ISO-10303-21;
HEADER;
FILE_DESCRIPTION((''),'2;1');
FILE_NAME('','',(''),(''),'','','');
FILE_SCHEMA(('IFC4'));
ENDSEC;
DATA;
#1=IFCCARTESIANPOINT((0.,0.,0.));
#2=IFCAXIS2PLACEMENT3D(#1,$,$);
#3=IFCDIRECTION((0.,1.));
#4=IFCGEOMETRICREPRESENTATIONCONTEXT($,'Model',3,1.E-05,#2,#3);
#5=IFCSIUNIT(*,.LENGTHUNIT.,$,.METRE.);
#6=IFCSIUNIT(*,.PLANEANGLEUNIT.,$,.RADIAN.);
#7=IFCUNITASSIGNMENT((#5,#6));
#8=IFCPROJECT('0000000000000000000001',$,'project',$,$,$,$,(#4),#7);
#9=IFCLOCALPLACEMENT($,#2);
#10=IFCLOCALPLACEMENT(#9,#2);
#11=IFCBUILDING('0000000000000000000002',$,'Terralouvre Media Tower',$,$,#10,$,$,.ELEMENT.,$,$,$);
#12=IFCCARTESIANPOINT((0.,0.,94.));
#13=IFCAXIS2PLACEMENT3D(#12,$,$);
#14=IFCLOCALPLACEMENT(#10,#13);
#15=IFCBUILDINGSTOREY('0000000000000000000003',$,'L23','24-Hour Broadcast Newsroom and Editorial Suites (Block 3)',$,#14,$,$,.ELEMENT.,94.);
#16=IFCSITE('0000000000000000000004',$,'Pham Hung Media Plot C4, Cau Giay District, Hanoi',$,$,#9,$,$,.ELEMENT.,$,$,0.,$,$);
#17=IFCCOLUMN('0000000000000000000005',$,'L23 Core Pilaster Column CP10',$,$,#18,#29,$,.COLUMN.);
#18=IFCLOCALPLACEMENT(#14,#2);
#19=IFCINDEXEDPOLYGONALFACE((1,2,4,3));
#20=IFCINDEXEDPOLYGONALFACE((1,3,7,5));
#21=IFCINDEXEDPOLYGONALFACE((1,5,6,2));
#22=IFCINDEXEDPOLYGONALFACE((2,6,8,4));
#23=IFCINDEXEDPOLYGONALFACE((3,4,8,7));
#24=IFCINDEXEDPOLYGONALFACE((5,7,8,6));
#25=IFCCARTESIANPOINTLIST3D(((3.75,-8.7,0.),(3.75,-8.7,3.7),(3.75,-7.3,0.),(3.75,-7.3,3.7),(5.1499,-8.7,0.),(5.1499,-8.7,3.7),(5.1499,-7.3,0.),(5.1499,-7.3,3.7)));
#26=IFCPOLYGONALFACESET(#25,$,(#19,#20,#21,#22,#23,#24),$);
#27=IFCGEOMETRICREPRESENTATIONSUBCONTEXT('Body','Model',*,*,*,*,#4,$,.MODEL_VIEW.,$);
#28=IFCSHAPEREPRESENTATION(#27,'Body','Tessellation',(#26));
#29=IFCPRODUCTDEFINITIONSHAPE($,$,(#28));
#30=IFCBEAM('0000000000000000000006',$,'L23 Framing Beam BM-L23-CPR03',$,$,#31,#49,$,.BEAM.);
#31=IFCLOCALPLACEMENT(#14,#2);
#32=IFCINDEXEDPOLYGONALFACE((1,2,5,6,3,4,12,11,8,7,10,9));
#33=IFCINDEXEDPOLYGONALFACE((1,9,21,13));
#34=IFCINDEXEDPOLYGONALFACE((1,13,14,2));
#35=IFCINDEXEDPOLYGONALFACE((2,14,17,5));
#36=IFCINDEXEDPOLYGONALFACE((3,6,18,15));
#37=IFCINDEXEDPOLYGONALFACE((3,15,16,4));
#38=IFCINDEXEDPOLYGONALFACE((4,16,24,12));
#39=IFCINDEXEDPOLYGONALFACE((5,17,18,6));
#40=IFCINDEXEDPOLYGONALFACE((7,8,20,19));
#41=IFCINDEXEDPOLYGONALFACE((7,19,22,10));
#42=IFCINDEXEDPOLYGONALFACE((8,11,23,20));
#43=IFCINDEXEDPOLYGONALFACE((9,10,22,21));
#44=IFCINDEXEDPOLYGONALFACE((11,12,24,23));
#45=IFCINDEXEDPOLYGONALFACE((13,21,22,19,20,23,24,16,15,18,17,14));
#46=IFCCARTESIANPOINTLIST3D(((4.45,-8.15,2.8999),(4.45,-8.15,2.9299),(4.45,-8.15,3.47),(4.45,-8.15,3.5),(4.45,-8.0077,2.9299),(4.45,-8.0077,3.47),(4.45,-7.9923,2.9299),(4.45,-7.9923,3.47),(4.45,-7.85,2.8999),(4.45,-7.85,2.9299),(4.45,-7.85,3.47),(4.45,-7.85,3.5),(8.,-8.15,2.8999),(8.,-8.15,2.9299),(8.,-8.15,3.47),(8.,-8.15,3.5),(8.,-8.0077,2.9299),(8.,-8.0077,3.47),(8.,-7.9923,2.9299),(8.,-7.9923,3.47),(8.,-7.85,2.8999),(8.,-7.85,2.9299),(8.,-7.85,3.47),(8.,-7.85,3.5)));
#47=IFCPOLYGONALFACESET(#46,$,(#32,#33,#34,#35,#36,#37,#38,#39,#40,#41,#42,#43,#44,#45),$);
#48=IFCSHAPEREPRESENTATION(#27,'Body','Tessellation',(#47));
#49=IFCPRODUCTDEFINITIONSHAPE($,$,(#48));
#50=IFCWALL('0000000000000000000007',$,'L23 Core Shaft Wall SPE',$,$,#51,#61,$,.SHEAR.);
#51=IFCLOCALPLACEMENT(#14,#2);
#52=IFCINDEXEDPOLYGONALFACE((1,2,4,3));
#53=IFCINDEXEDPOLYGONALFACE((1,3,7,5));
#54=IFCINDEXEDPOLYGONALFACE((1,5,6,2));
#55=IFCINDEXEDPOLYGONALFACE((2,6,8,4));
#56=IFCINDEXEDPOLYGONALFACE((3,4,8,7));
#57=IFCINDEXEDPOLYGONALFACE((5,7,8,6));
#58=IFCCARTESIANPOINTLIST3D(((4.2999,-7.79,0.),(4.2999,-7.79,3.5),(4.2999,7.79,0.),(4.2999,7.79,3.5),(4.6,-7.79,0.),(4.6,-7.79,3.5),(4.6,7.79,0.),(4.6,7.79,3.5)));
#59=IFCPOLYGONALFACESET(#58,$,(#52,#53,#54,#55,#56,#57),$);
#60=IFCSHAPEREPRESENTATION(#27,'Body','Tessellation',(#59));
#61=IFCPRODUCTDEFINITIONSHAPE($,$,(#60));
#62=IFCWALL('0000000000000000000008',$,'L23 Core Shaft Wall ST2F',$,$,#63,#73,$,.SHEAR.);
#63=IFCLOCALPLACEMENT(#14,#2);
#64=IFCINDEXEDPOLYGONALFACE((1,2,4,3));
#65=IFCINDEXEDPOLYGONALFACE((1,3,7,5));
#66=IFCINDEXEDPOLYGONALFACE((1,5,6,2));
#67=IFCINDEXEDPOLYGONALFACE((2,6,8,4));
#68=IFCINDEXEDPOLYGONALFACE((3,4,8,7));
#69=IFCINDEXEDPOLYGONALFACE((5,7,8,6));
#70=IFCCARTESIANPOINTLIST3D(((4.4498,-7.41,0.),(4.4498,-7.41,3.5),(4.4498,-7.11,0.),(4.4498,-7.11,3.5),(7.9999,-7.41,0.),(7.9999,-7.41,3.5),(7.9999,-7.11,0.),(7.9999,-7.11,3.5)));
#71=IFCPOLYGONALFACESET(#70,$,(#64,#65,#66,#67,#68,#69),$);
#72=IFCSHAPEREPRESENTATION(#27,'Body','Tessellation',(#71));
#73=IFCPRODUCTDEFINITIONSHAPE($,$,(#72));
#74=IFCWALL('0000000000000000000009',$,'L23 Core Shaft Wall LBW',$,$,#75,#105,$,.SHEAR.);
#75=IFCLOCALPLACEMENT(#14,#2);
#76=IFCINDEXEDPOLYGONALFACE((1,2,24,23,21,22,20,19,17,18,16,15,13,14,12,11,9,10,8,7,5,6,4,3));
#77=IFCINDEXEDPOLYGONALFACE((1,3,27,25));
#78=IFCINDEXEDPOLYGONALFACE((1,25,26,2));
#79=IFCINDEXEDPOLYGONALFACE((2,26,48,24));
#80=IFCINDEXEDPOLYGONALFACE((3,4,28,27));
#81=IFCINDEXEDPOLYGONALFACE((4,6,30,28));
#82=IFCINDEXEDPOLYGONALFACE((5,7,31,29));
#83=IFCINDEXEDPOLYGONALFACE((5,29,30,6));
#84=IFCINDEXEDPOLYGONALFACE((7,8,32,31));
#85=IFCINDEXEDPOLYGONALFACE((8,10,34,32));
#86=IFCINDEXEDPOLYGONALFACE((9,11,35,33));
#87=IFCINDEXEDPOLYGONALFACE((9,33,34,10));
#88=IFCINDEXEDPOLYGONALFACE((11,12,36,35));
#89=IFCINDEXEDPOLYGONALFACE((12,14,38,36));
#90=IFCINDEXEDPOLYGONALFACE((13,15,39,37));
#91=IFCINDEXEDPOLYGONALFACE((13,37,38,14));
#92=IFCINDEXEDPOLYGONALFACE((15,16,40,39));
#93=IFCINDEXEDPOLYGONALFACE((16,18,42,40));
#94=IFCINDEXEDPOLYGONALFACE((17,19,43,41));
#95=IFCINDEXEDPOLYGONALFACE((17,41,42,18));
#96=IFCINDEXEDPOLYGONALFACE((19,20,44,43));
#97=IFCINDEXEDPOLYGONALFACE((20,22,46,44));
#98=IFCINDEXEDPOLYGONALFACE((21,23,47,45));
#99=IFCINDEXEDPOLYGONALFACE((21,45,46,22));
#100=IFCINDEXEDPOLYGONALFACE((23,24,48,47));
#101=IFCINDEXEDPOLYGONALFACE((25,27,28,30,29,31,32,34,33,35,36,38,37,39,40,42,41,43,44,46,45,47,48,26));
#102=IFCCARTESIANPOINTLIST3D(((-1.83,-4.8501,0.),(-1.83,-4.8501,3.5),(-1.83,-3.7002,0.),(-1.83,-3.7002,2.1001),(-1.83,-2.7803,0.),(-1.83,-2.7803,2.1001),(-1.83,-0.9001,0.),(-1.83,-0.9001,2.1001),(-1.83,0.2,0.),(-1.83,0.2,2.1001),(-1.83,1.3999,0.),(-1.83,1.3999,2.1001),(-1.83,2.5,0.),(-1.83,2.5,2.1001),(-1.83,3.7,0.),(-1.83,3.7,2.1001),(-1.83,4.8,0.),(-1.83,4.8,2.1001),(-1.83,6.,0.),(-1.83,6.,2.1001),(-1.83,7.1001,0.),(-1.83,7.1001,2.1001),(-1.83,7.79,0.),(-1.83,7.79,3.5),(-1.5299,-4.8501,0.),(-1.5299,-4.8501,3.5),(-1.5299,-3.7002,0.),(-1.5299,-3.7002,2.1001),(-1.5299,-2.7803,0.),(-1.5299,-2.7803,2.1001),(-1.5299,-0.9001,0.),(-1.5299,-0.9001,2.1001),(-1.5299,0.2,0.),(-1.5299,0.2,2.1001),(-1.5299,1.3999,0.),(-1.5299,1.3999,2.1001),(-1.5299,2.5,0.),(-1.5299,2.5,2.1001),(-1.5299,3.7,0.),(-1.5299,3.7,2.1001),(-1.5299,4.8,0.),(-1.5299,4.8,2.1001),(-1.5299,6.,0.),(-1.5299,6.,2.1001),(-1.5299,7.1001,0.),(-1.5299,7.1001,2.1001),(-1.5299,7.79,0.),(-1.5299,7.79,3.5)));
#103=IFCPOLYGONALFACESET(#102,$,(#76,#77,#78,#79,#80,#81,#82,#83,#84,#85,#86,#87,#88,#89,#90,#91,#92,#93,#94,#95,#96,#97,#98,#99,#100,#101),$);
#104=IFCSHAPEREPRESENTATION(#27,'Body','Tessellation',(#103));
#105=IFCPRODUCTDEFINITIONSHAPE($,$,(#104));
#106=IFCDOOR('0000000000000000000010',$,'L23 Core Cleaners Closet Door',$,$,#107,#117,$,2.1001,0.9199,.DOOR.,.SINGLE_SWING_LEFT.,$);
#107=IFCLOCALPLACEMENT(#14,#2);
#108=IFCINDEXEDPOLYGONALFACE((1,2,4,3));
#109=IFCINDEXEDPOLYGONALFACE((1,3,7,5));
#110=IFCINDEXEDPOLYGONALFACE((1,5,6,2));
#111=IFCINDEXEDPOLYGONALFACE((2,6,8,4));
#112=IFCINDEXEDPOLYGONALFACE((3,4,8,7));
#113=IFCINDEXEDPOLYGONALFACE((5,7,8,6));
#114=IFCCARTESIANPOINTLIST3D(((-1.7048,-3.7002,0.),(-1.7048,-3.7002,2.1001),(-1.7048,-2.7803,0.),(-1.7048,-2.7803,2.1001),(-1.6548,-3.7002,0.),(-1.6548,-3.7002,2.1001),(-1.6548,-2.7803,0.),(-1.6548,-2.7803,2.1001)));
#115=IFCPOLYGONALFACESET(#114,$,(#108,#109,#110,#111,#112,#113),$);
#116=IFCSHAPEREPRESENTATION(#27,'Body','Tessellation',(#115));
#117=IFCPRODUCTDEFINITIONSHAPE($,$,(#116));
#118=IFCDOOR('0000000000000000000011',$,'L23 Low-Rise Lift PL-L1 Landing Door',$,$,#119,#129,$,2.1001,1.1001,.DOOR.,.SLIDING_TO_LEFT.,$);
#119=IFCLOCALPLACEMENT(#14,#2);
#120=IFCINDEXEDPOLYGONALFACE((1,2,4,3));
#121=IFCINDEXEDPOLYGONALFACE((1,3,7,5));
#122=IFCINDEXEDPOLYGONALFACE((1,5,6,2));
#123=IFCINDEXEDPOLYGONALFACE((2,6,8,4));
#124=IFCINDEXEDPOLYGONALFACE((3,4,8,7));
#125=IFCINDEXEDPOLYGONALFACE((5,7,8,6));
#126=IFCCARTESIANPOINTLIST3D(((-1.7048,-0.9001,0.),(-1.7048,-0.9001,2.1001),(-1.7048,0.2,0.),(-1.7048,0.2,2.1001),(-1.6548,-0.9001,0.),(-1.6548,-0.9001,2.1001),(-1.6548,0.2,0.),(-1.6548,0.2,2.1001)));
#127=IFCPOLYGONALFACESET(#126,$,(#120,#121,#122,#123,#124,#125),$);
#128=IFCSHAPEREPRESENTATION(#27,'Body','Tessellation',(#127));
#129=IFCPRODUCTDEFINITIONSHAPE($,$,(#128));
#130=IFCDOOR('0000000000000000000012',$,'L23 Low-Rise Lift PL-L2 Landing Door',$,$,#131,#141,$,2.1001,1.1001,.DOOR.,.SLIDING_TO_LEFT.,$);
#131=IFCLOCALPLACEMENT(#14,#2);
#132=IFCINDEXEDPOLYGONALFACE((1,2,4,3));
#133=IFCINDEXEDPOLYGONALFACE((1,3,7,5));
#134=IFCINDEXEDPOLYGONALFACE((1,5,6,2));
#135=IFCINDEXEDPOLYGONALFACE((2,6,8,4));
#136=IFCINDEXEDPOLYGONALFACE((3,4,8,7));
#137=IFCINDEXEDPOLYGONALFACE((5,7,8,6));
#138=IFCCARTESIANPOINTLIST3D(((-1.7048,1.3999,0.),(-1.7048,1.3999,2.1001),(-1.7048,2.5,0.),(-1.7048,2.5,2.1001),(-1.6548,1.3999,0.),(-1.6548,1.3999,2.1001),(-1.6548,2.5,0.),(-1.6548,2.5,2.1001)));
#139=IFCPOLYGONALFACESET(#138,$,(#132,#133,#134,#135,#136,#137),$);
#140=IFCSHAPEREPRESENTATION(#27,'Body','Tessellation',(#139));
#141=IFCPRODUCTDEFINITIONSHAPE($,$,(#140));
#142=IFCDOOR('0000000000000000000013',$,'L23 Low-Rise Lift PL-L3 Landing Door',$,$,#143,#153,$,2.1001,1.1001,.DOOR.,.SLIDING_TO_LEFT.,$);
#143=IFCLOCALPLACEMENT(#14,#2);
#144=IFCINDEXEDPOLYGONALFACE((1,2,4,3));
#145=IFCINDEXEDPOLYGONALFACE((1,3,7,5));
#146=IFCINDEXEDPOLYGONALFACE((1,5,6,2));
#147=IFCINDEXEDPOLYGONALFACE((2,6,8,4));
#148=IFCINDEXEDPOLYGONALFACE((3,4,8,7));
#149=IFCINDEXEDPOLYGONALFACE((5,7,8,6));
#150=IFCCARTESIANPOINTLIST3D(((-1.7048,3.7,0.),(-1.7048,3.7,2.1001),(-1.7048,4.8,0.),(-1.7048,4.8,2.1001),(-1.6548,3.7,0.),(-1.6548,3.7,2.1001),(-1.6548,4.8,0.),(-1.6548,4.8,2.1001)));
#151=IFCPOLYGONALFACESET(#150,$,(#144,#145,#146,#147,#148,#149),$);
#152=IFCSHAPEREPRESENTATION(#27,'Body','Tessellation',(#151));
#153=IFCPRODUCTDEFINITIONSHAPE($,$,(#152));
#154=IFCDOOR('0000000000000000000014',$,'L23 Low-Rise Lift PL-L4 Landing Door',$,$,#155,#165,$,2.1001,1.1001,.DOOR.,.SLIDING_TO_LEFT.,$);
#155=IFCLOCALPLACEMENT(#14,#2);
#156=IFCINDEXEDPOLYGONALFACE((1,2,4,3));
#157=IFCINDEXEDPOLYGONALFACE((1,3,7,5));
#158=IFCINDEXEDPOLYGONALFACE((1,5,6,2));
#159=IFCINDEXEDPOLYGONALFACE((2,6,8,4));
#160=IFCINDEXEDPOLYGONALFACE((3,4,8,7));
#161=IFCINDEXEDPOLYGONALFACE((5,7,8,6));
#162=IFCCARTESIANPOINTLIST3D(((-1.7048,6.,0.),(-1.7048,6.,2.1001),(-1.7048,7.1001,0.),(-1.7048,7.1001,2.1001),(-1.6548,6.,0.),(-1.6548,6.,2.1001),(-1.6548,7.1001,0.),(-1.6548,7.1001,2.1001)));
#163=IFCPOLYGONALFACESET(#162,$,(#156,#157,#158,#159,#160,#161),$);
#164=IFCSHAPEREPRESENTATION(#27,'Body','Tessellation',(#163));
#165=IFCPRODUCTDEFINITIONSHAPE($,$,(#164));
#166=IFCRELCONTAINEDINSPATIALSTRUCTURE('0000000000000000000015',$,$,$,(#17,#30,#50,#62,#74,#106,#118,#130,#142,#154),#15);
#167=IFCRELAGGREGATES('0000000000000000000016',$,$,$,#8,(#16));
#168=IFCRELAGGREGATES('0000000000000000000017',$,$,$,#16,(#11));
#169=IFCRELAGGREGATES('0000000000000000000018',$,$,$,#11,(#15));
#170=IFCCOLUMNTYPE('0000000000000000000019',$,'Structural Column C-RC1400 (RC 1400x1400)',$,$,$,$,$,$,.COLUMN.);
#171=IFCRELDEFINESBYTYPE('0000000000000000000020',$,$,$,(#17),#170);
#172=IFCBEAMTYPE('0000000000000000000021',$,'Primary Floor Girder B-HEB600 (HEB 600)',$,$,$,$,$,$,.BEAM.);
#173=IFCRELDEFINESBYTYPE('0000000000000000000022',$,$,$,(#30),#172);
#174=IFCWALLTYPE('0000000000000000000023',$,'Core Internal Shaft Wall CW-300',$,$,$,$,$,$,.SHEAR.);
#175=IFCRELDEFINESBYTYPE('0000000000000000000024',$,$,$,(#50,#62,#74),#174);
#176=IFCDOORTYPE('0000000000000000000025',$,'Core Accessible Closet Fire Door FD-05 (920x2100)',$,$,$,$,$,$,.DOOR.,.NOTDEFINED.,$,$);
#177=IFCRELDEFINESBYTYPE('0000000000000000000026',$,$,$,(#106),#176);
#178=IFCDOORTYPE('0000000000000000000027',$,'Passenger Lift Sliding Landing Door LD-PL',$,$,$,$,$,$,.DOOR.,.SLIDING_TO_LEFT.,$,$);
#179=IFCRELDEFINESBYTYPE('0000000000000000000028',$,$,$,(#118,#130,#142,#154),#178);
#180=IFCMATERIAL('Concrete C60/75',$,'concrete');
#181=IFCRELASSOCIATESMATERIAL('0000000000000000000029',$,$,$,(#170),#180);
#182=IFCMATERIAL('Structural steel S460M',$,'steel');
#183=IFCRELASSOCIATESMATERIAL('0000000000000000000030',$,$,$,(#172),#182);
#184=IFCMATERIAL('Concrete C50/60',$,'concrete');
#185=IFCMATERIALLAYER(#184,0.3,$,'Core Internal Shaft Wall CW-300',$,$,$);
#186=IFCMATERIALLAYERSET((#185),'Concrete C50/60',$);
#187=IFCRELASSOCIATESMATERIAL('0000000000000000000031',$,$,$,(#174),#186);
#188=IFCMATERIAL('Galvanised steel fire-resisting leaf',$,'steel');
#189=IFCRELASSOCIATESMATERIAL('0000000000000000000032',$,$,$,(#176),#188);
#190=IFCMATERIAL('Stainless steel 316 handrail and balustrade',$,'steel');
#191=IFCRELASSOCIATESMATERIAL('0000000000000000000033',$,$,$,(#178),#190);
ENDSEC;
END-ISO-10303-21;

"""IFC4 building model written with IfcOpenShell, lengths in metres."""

from ifc_helpers import new_model, si_unit, direction, frame, frame_2d, origin, origin_2d, place, context, subcontext, project, spatial, rectangle, i_section, extrude, material, layer, layer_set, material_profile, profile_set, type_object, element, fill, save


model = new_model("IFC4")

# Units and contexts
model_context = context("Model", 3, precision=1e-05, world=origin(), true_north=direction((0.0, 1.0)))
body_context = subcontext(model_context, "Body", "Model", "MODEL_VIEW")
ifc_project = project(units=[si_unit("LENGTHUNIT", "METRE"), si_unit("PLANEANGLEUNIT", "RADIAN")], contexts=[model_context])

# Site, building, storey
site_placement = place(None, origin())
site = spatial("IfcSite", under=ifc_project, at=site_placement, Name="Pham Hung Media Plot C4, Cau Giay District, Hanoi", CompositionType="ELEMENT", RefElevation=0.0)
building_placement = place(site_placement, origin())
building = spatial("IfcBuilding", under=site, at=building_placement, Name="Terralouvre Media Tower", CompositionType="ELEMENT")
storey_placement = place(building_placement, frame((0.0, 0.0, 94.0)))
storey = spatial("IfcBuildingStorey", under=building, at=storey_placement, Name="L23", Description="24-Hour Broadcast Newsroom and Editorial Suites (Block 3)", CompositionType="ELEMENT", Elevation=94.0)

# Column
ifc_material_1 = material(Name="Concrete C60/75", Category="concrete")
ifc_material_profile_1 = material_profile(ifc_material_1, rectangle(XDim=1.3999, YDim=1.3999, at=origin_2d()), Name="RC 1400x1400")
ifc_profile_set_1 = profile_set([ifc_material_profile_1], Name="Concrete C60/75")
column_type = type_object("IfcColumnType", Name="Structural Column C-RC1400 (RC 1400x1400)", PredefinedType="COLUMN", material=ifc_profile_set_1)
column_placement = place(storey_placement, frame((4.45, -8.0, 0.0), z_axis=(0.0, 0.0, 1.0), x_axis=(1.0, 0.0, 0.0)))
element("IfcColumn", 1, at=column_placement, inside=storey, type_object=column_type, Name="L23 Core Pilaster Column CP10", PredefinedType="COLUMN", context=body_context, shape_type="SweptSolid", body=[
    extrude(rectangle(XDim=1.3999, YDim=1.3999, at=origin_2d()), origin(), (0.0, 0.0, 1.0), 3.7),
])

# Beam
ifc_material_2 = material(Name="Structural steel S460M", Category="steel")
ifc_material_profile_2 = material_profile(ifc_material_2, i_section(OverallWidth=0.3, OverallDepth=0.6001, WebThickness=0.0154, FlangeThickness=0.03, at=origin_2d()), Name="HEB 600")
ifc_profile_set_2 = profile_set([ifc_material_profile_2], Name="Structural steel S460M")
beam_type = type_object("IfcBeamType", Name="Primary Floor Girder B-HEB600 (HEB 600)", PredefinedType="BEAM", material=ifc_profile_set_2)
beam_placement = place(storey_placement, frame((4.45, -8.0, 3.2), z_axis=(1.0, 0.0, 0.0), x_axis=(0.0, 1.0, 0.0)))
element("IfcBeam", 2, at=beam_placement, inside=storey, type_object=beam_type, Name="L23 Framing Beam BM-L23-CPR03", PredefinedType="BEAM", context=body_context, shape_type="SweptSolid", body=[
    extrude(i_section(OverallWidth=0.3, OverallDepth=0.6001, WebThickness=0.0154, FlangeThickness=0.03, at=origin_2d()), origin(), (0.0, 0.0, 1.0), 3.55),
])

# Walls
ifc_material_3 = material(Name="Concrete C50/60", Category="concrete")
ifc_layer_1 = layer(ifc_material_3, 0.3, Name="Core Internal Shaft Wall CW-300")
ifc_layer_set_1 = layer_set([ifc_layer_1], Name="Concrete C50/60")
wall_type_1 = type_object("IfcWallType", Name="Core Internal Shaft Wall CW-300", PredefinedType="SHEAR", material=ifc_layer_set_1)
wall_1_placement = place(storey_placement, frame((4.45, -7.79, 0.0), z_axis=(0.0, 0.0, 1.0), x_axis=(0.0, 1.0, 0.0)))
element("IfcWall", 3, at=wall_1_placement, inside=storey, type_object=wall_type_1, Name="L23 Core Shaft Wall SPE", PredefinedType="SHEAR", context=body_context, shape_type="SweptSolid", body=[
    extrude(rectangle(XDim=15.5801, YDim=0.3, at=frame_2d((7.79, 0.0))), origin(), (0.0, 0.0, 1.0), 3.5),
])
wall_2_placement = place(storey_placement, frame((4.45, -7.26, 0.0), z_axis=(0.0, 0.0, 1.0), x_axis=(1.0, 0.0, 0.0)))
element("IfcWall", 4, at=wall_2_placement, inside=storey, type_object=wall_type_1, Name="L23 Core Shaft Wall ST2F", PredefinedType="SHEAR", context=body_context, shape_type="SweptSolid", body=[
    extrude(rectangle(XDim=3.55, YDim=0.3, at=frame_2d((1.7749, 0.0))), origin(), (0.0, 0.0, 1.0), 3.5),
])

# Wall, openings, doors
wall_3_placement = place(storey_placement, frame((-1.6799, -4.8501, 0.0), z_axis=(0.0, 0.0, 1.0), x_axis=(0.0, 1.0, 0.0)))
wall_3 = element("IfcWall", 5, at=wall_3_placement, inside=storey, type_object=wall_type_1, Name="L23 Core Shaft Wall LBW", PredefinedType="SHEAR", context=body_context, shape_type="SweptSolid", body=[
    extrude(rectangle(XDim=12.6401, YDim=0.3, at=frame_2d((6.3201, 0.0))), origin(), (0.0, 0.0, 1.0), 3.5),
])
opening_1_placement = place(wall_3_placement, frame((3.95, 0.0, 0.0)))
opening_1 = element("IfcOpeningElement", 6, at=opening_1_placement, cuts=wall_3, PredefinedType="OPENING", context=body_context, shape_type="SweptSolid", body=[
    extrude(rectangle(XDim=1.1001, YDim=2.1001, at=frame_2d((0.55, 1.05))), frame((0.0, 0.1599, 0.0), z_axis=(0.0, -1.0, 0.0), x_axis=(1.0, 0.0, 0.0)), (0.0, 0.0, 1.0), 0.3201),
])
opening_2_placement = place(wall_3_placement, frame((6.25, 0.0, 0.0)))
opening_2 = element("IfcOpeningElement", 7, at=opening_2_placement, cuts=wall_3, PredefinedType="OPENING", context=body_context, shape_type="SweptSolid", body=[
    extrude(rectangle(XDim=1.1001, YDim=2.1001, at=frame_2d((0.55, 1.05))), frame((0.0, 0.1599, 0.0), z_axis=(0.0, -1.0, 0.0), x_axis=(1.0, 0.0, 0.0)), (0.0, 0.0, 1.0), 0.3201),
])
opening_3_placement = place(wall_3_placement, frame((8.55, 0.0, 0.0)))
opening_3 = element("IfcOpeningElement", 8, at=opening_3_placement, cuts=wall_3, PredefinedType="OPENING", context=body_context, shape_type="SweptSolid", body=[
    extrude(rectangle(XDim=1.1001, YDim=2.1001, at=frame_2d((0.55, 1.05))), frame((0.0, 0.1599, 0.0), z_axis=(0.0, -1.0, 0.0), x_axis=(1.0, 0.0, 0.0)), (0.0, 0.0, 1.0), 0.3201),
])
opening_4_placement = place(wall_3_placement, frame((10.8501, 0.0, 0.0)))
opening_4 = element("IfcOpeningElement", 9, at=opening_4_placement, cuts=wall_3, PredefinedType="OPENING", context=body_context, shape_type="SweptSolid", body=[
    extrude(rectangle(XDim=1.1001, YDim=2.1001, at=frame_2d((0.55, 1.05))), frame((0.0, 0.1599, 0.0), z_axis=(0.0, -1.0, 0.0), x_axis=(1.0, 0.0, 0.0)), (0.0, 0.0, 1.0), 0.3201),
])
opening_5_placement = place(wall_3_placement, frame((1.1499, 0.0, 0.0)))
opening_5 = element("IfcOpeningElement", 10, at=opening_5_placement, cuts=wall_3, PredefinedType="OPENING", context=body_context, shape_type="SweptSolid", body=[
    extrude(rectangle(XDim=0.9199, YDim=2.1001, at=frame_2d((0.46, 1.05))), frame((0.0, 0.1599, 0.0), z_axis=(0.0, -1.0, 0.0), x_axis=(1.0, 0.0, 0.0)), (0.0, 0.0, 1.0), 0.3201),
])
ifc_material_4 = material(Name="Galvanised steel fire-resisting leaf", Category="steel")
door_type_1 = type_object("IfcDoorType", Name="Core Accessible Closet Fire Door FD-05 (920x2100)", OperationType="NOTDEFINED", PredefinedType="DOOR", material=ifc_material_4)
door_1_placement = place(opening_5_placement, origin())
door_1 = element("IfcDoor", 11, at=door_1_placement, inside=storey, type_object=door_type_1, Name="L23 Core Cleaners Closet Door", OperationType="SINGLE_SWING_LEFT", OverallHeight=2.1001, OverallWidth=0.9199, PredefinedType="DOOR", context=body_context, shape_type="SweptSolid", body=[
    extrude(rectangle(XDim=0.9199, YDim=2.1001, at=frame_2d((0.46, 1.05))), frame((0.0, 0.0249, 0.0), z_axis=(0.0, -1.0, 0.0), x_axis=(1.0, 0.0, 0.0)), (0.0, 0.0, 1.0), 0.05),
])
fill(opening_5, door_1)
ifc_material_5 = material(Name="Stainless steel 316 handrail and balustrade", Category="steel")
door_type_2 = type_object("IfcDoorType", Name="Passenger Lift Sliding Landing Door LD-PL", OperationType="SLIDING_TO_LEFT", PredefinedType="DOOR", material=ifc_material_5)
door_2_placement = place(opening_1_placement, origin())
door_2 = element("IfcDoor", 12, at=door_2_placement, inside=storey, type_object=door_type_2, Name="L23 Low-Rise Lift PL-L1 Landing Door", OperationType="SLIDING_TO_LEFT", OverallHeight=2.1001, OverallWidth=1.1001, PredefinedType="DOOR", context=body_context, shape_type="SweptSolid", body=[
    extrude(rectangle(XDim=1.1001, YDim=2.1001, at=frame_2d((0.55, 1.05))), frame((0.0, 0.0249, 0.0), z_axis=(0.0, -1.0, 0.0), x_axis=(1.0, 0.0, 0.0)), (0.0, 0.0, 1.0), 0.05),
])
fill(opening_1, door_2)
door_3_placement = place(opening_2_placement, origin())
door_3 = element("IfcDoor", 13, at=door_3_placement, inside=storey, type_object=door_type_2, Name="L23 Low-Rise Lift PL-L2 Landing Door", OperationType="SLIDING_TO_LEFT", OverallHeight=2.1001, OverallWidth=1.1001, PredefinedType="DOOR", context=body_context, shape_type="SweptSolid", body=[
    extrude(rectangle(XDim=1.1001, YDim=2.1001, at=frame_2d((0.55, 1.05))), frame((0.0, 0.0249, 0.0), z_axis=(0.0, -1.0, 0.0), x_axis=(1.0, 0.0, 0.0)), (0.0, 0.0, 1.0), 0.05),
])
fill(opening_2, door_3)
door_4_placement = place(opening_3_placement, origin())
door_4 = element("IfcDoor", 14, at=door_4_placement, inside=storey, type_object=door_type_2, Name="L23 Low-Rise Lift PL-L3 Landing Door", OperationType="SLIDING_TO_LEFT", OverallHeight=2.1001, OverallWidth=1.1001, PredefinedType="DOOR", context=body_context, shape_type="SweptSolid", body=[
    extrude(rectangle(XDim=1.1001, YDim=2.1001, at=frame_2d((0.55, 1.05))), frame((0.0, 0.0249, 0.0), z_axis=(0.0, -1.0, 0.0), x_axis=(1.0, 0.0, 0.0)), (0.0, 0.0, 1.0), 0.05),
])
fill(opening_3, door_4)
door_5_placement = place(opening_4_placement, origin())
door_5 = element("IfcDoor", 15, at=door_5_placement, inside=storey, type_object=door_type_2, Name="L23 Low-Rise Lift PL-L4 Landing Door", OperationType="SLIDING_TO_LEFT", OverallHeight=2.1001, OverallWidth=1.1001, PredefinedType="DOOR", context=body_context, shape_type="SweptSolid", body=[
    extrude(rectangle(XDim=1.1001, YDim=2.1001, at=frame_2d((0.55, 1.05))), frame((0.0, 0.0249, 0.0), z_axis=(0.0, -1.0, 0.0), x_axis=(1.0, 0.0, 0.0)), (0.0, 0.0, 1.0), 0.05),
])
fill(opening_4, door_5)

save(model, "model.ifc")
